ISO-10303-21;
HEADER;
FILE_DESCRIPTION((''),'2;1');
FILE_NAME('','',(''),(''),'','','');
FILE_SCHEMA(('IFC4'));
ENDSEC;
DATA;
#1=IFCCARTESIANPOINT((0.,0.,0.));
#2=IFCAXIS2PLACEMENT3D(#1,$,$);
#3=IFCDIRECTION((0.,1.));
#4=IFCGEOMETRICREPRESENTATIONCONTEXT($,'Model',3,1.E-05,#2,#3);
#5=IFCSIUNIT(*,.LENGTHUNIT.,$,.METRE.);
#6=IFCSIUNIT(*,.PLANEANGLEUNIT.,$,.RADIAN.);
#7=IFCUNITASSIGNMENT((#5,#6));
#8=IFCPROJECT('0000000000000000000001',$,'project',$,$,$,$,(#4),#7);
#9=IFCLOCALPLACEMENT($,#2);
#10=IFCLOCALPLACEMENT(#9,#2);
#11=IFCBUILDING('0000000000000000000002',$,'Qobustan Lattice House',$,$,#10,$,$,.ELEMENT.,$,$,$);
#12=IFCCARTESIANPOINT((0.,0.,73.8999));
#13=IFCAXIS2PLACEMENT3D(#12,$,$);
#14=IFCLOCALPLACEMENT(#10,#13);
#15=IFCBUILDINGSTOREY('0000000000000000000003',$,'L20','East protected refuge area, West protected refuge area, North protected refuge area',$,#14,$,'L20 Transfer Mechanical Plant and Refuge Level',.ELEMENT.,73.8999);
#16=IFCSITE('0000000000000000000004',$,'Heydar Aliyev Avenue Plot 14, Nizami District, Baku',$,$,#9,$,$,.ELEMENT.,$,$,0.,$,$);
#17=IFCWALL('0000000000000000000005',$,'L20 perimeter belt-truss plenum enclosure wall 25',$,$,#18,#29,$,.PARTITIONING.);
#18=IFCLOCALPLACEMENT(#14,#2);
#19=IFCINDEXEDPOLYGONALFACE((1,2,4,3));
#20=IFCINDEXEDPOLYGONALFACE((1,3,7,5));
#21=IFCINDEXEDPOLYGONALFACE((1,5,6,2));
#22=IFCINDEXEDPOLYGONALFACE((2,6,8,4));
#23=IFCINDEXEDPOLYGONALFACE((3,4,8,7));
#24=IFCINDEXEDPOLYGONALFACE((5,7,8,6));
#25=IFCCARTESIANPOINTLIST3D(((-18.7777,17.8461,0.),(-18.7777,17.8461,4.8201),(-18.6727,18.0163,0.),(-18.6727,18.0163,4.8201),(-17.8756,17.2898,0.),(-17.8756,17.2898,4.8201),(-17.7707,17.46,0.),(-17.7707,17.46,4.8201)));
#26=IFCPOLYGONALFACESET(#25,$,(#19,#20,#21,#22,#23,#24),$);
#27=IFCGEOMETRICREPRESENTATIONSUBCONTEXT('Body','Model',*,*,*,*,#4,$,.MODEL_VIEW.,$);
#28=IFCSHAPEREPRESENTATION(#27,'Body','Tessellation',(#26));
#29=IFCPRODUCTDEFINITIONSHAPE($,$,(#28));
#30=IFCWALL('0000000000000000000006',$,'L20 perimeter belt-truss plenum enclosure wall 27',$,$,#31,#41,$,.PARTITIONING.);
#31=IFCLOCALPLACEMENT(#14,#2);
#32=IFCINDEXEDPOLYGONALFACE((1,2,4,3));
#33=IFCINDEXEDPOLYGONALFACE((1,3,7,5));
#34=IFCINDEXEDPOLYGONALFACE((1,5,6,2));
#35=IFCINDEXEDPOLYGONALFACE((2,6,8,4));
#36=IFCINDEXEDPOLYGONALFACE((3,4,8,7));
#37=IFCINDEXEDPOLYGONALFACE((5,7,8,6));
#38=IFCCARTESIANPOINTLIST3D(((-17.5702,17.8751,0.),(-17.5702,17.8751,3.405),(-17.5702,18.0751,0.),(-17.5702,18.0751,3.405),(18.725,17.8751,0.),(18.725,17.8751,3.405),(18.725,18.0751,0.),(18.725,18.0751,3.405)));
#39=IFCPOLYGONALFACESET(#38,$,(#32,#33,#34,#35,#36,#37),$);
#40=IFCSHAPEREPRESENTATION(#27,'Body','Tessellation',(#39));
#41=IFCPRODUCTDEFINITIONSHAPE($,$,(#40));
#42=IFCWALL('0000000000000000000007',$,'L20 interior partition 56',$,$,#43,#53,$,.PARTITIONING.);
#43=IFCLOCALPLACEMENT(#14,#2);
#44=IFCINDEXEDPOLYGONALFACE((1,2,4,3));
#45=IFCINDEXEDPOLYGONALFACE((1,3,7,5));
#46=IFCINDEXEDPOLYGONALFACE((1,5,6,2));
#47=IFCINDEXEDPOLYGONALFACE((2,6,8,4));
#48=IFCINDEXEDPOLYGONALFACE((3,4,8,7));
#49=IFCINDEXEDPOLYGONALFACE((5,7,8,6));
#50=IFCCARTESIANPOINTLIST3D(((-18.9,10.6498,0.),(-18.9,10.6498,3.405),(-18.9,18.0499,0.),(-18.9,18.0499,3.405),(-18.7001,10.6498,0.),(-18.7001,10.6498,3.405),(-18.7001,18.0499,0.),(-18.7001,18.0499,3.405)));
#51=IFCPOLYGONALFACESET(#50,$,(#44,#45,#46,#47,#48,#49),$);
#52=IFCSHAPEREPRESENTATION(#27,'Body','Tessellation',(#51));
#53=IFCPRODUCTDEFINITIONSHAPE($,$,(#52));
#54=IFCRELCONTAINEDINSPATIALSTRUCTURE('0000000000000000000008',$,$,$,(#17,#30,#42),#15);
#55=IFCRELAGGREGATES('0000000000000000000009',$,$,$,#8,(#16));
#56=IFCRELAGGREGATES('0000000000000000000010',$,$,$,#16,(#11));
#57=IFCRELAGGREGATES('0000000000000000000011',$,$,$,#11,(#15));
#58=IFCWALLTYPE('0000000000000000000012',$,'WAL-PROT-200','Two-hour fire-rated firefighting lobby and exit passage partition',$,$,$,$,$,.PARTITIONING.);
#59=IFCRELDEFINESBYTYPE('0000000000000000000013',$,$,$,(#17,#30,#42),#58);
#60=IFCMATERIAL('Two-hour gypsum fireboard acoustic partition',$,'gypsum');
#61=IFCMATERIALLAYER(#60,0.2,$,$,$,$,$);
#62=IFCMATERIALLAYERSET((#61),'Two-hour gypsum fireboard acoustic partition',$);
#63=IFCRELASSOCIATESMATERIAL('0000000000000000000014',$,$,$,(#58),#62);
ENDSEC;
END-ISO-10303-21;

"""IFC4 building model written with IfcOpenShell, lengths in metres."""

from ifc_helpers import new_model, si_unit, direction, frame, frame_2d, origin, place, context, subcontext, project, spatial, rectangle, extrude, material, layer, layer_set, type_object, element, save


model = new_model("IFC4")

# Units and contexts
model_context = context("Model", 3, precision=1e-05, world=origin(), true_north=direction((0.0, 1.0)))
body_context = subcontext(model_context, "Body", "Model", "MODEL_VIEW")
ifc_project = project(units=[si_unit("LENGTHUNIT", "METRE"), si_unit("PLANEANGLEUNIT", "RADIAN")], contexts=[model_context])

# Site, building, storey
site_placement = place(None, origin())
site = spatial("IfcSite", under=ifc_project, at=site_placement, Name="Heydar Aliyev Avenue Plot 14, Nizami District, Baku", CompositionType="ELEMENT", RefElevation=0.0)
building_placement = place(site_placement, origin())
building = spatial("IfcBuilding", under=site, at=building_placement, Name="Qobustan Lattice House", CompositionType="ELEMENT")
storey_placement = place(building_placement, frame((0.0, 0.0, 73.8999)))
storey = spatial("IfcBuildingStorey", under=building, at=storey_placement, Name="L20", Description="East protected refuge area, West protected refuge area, North protected refuge area", LongName="L20 Transfer Mechanical Plant and Refuge Level", CompositionType="ELEMENT", Elevation=73.8999)

# Walls
ifc_material_1 = material(Name="Two-hour gypsum fireboard acoustic partition", Category="gypsum")
ifc_layer_1 = layer(ifc_material_1, 0.2)
ifc_layer_set_1 = layer_set([ifc_layer_1], Name="Two-hour gypsum fireboard acoustic partition")
wall_type = type_object("IfcWallType", Name="WAL-PROT-200", Description="Two-hour fire-rated firefighting lobby and exit passage partition", PredefinedType="PARTITIONING", material=ifc_layer_set_1)
wall_1_placement = place(storey_placement, frame((-18.7251, 17.9312, 0.0), z_axis=(0.0, 0.0, 1.0), x_axis=(0.851128, -0.524958, 0.0)))
element("IfcWall", 1, at=wall_1_placement, inside=storey, type_object=wall_type, Name="L20 perimeter belt-truss plenum enclosure wall 25", PredefinedType="PARTITIONING", context=body_context, shape_type="SweptSolid", body=[
    extrude(rectangle(XDim=1.0598, YDim=0.2, at=frame_2d((0.5298, 0.0))), origin(), (0.0, 0.0, 1.0), 4.8201),
])
wall_2_placement = place(storey_placement, frame((-17.5701, 17.9751, 0.0), z_axis=(0.0, 0.0, 1.0), x_axis=(1.0, 0.0, 0.0)))
element("IfcWall", 2, at=wall_2_placement, inside=storey, type_object=wall_type, Name="L20 perimeter belt-truss plenum enclosure wall 27", PredefinedType="PARTITIONING", context=body_context, shape_type="SweptSolid", body=[
    extrude(rectangle(XDim=36.2952, YDim=0.2, at=frame_2d((18.1475, 0.0))), origin(), (0.0, 0.0, 1.0), 3.405),
])
wall_3_placement = place(storey_placement, frame((-18.8, 18.05, 0.0), z_axis=(0.0, 0.0, 1.0), x_axis=(0.0, -1.0, 0.0)))
element("IfcWall", 3, at=wall_3_placement, inside=storey, type_object=wall_type, Name="L20 interior partition 56", PredefinedType="PARTITIONING", context=body_context, shape_type="SweptSolid", body=[
    extrude(rectangle(XDim=7.4001, YDim=0.2, at=frame_2d((3.7002, 0.0))), origin(), (0.0, 0.0, 1.0), 3.405),
])

save(model, "model.ifc")
